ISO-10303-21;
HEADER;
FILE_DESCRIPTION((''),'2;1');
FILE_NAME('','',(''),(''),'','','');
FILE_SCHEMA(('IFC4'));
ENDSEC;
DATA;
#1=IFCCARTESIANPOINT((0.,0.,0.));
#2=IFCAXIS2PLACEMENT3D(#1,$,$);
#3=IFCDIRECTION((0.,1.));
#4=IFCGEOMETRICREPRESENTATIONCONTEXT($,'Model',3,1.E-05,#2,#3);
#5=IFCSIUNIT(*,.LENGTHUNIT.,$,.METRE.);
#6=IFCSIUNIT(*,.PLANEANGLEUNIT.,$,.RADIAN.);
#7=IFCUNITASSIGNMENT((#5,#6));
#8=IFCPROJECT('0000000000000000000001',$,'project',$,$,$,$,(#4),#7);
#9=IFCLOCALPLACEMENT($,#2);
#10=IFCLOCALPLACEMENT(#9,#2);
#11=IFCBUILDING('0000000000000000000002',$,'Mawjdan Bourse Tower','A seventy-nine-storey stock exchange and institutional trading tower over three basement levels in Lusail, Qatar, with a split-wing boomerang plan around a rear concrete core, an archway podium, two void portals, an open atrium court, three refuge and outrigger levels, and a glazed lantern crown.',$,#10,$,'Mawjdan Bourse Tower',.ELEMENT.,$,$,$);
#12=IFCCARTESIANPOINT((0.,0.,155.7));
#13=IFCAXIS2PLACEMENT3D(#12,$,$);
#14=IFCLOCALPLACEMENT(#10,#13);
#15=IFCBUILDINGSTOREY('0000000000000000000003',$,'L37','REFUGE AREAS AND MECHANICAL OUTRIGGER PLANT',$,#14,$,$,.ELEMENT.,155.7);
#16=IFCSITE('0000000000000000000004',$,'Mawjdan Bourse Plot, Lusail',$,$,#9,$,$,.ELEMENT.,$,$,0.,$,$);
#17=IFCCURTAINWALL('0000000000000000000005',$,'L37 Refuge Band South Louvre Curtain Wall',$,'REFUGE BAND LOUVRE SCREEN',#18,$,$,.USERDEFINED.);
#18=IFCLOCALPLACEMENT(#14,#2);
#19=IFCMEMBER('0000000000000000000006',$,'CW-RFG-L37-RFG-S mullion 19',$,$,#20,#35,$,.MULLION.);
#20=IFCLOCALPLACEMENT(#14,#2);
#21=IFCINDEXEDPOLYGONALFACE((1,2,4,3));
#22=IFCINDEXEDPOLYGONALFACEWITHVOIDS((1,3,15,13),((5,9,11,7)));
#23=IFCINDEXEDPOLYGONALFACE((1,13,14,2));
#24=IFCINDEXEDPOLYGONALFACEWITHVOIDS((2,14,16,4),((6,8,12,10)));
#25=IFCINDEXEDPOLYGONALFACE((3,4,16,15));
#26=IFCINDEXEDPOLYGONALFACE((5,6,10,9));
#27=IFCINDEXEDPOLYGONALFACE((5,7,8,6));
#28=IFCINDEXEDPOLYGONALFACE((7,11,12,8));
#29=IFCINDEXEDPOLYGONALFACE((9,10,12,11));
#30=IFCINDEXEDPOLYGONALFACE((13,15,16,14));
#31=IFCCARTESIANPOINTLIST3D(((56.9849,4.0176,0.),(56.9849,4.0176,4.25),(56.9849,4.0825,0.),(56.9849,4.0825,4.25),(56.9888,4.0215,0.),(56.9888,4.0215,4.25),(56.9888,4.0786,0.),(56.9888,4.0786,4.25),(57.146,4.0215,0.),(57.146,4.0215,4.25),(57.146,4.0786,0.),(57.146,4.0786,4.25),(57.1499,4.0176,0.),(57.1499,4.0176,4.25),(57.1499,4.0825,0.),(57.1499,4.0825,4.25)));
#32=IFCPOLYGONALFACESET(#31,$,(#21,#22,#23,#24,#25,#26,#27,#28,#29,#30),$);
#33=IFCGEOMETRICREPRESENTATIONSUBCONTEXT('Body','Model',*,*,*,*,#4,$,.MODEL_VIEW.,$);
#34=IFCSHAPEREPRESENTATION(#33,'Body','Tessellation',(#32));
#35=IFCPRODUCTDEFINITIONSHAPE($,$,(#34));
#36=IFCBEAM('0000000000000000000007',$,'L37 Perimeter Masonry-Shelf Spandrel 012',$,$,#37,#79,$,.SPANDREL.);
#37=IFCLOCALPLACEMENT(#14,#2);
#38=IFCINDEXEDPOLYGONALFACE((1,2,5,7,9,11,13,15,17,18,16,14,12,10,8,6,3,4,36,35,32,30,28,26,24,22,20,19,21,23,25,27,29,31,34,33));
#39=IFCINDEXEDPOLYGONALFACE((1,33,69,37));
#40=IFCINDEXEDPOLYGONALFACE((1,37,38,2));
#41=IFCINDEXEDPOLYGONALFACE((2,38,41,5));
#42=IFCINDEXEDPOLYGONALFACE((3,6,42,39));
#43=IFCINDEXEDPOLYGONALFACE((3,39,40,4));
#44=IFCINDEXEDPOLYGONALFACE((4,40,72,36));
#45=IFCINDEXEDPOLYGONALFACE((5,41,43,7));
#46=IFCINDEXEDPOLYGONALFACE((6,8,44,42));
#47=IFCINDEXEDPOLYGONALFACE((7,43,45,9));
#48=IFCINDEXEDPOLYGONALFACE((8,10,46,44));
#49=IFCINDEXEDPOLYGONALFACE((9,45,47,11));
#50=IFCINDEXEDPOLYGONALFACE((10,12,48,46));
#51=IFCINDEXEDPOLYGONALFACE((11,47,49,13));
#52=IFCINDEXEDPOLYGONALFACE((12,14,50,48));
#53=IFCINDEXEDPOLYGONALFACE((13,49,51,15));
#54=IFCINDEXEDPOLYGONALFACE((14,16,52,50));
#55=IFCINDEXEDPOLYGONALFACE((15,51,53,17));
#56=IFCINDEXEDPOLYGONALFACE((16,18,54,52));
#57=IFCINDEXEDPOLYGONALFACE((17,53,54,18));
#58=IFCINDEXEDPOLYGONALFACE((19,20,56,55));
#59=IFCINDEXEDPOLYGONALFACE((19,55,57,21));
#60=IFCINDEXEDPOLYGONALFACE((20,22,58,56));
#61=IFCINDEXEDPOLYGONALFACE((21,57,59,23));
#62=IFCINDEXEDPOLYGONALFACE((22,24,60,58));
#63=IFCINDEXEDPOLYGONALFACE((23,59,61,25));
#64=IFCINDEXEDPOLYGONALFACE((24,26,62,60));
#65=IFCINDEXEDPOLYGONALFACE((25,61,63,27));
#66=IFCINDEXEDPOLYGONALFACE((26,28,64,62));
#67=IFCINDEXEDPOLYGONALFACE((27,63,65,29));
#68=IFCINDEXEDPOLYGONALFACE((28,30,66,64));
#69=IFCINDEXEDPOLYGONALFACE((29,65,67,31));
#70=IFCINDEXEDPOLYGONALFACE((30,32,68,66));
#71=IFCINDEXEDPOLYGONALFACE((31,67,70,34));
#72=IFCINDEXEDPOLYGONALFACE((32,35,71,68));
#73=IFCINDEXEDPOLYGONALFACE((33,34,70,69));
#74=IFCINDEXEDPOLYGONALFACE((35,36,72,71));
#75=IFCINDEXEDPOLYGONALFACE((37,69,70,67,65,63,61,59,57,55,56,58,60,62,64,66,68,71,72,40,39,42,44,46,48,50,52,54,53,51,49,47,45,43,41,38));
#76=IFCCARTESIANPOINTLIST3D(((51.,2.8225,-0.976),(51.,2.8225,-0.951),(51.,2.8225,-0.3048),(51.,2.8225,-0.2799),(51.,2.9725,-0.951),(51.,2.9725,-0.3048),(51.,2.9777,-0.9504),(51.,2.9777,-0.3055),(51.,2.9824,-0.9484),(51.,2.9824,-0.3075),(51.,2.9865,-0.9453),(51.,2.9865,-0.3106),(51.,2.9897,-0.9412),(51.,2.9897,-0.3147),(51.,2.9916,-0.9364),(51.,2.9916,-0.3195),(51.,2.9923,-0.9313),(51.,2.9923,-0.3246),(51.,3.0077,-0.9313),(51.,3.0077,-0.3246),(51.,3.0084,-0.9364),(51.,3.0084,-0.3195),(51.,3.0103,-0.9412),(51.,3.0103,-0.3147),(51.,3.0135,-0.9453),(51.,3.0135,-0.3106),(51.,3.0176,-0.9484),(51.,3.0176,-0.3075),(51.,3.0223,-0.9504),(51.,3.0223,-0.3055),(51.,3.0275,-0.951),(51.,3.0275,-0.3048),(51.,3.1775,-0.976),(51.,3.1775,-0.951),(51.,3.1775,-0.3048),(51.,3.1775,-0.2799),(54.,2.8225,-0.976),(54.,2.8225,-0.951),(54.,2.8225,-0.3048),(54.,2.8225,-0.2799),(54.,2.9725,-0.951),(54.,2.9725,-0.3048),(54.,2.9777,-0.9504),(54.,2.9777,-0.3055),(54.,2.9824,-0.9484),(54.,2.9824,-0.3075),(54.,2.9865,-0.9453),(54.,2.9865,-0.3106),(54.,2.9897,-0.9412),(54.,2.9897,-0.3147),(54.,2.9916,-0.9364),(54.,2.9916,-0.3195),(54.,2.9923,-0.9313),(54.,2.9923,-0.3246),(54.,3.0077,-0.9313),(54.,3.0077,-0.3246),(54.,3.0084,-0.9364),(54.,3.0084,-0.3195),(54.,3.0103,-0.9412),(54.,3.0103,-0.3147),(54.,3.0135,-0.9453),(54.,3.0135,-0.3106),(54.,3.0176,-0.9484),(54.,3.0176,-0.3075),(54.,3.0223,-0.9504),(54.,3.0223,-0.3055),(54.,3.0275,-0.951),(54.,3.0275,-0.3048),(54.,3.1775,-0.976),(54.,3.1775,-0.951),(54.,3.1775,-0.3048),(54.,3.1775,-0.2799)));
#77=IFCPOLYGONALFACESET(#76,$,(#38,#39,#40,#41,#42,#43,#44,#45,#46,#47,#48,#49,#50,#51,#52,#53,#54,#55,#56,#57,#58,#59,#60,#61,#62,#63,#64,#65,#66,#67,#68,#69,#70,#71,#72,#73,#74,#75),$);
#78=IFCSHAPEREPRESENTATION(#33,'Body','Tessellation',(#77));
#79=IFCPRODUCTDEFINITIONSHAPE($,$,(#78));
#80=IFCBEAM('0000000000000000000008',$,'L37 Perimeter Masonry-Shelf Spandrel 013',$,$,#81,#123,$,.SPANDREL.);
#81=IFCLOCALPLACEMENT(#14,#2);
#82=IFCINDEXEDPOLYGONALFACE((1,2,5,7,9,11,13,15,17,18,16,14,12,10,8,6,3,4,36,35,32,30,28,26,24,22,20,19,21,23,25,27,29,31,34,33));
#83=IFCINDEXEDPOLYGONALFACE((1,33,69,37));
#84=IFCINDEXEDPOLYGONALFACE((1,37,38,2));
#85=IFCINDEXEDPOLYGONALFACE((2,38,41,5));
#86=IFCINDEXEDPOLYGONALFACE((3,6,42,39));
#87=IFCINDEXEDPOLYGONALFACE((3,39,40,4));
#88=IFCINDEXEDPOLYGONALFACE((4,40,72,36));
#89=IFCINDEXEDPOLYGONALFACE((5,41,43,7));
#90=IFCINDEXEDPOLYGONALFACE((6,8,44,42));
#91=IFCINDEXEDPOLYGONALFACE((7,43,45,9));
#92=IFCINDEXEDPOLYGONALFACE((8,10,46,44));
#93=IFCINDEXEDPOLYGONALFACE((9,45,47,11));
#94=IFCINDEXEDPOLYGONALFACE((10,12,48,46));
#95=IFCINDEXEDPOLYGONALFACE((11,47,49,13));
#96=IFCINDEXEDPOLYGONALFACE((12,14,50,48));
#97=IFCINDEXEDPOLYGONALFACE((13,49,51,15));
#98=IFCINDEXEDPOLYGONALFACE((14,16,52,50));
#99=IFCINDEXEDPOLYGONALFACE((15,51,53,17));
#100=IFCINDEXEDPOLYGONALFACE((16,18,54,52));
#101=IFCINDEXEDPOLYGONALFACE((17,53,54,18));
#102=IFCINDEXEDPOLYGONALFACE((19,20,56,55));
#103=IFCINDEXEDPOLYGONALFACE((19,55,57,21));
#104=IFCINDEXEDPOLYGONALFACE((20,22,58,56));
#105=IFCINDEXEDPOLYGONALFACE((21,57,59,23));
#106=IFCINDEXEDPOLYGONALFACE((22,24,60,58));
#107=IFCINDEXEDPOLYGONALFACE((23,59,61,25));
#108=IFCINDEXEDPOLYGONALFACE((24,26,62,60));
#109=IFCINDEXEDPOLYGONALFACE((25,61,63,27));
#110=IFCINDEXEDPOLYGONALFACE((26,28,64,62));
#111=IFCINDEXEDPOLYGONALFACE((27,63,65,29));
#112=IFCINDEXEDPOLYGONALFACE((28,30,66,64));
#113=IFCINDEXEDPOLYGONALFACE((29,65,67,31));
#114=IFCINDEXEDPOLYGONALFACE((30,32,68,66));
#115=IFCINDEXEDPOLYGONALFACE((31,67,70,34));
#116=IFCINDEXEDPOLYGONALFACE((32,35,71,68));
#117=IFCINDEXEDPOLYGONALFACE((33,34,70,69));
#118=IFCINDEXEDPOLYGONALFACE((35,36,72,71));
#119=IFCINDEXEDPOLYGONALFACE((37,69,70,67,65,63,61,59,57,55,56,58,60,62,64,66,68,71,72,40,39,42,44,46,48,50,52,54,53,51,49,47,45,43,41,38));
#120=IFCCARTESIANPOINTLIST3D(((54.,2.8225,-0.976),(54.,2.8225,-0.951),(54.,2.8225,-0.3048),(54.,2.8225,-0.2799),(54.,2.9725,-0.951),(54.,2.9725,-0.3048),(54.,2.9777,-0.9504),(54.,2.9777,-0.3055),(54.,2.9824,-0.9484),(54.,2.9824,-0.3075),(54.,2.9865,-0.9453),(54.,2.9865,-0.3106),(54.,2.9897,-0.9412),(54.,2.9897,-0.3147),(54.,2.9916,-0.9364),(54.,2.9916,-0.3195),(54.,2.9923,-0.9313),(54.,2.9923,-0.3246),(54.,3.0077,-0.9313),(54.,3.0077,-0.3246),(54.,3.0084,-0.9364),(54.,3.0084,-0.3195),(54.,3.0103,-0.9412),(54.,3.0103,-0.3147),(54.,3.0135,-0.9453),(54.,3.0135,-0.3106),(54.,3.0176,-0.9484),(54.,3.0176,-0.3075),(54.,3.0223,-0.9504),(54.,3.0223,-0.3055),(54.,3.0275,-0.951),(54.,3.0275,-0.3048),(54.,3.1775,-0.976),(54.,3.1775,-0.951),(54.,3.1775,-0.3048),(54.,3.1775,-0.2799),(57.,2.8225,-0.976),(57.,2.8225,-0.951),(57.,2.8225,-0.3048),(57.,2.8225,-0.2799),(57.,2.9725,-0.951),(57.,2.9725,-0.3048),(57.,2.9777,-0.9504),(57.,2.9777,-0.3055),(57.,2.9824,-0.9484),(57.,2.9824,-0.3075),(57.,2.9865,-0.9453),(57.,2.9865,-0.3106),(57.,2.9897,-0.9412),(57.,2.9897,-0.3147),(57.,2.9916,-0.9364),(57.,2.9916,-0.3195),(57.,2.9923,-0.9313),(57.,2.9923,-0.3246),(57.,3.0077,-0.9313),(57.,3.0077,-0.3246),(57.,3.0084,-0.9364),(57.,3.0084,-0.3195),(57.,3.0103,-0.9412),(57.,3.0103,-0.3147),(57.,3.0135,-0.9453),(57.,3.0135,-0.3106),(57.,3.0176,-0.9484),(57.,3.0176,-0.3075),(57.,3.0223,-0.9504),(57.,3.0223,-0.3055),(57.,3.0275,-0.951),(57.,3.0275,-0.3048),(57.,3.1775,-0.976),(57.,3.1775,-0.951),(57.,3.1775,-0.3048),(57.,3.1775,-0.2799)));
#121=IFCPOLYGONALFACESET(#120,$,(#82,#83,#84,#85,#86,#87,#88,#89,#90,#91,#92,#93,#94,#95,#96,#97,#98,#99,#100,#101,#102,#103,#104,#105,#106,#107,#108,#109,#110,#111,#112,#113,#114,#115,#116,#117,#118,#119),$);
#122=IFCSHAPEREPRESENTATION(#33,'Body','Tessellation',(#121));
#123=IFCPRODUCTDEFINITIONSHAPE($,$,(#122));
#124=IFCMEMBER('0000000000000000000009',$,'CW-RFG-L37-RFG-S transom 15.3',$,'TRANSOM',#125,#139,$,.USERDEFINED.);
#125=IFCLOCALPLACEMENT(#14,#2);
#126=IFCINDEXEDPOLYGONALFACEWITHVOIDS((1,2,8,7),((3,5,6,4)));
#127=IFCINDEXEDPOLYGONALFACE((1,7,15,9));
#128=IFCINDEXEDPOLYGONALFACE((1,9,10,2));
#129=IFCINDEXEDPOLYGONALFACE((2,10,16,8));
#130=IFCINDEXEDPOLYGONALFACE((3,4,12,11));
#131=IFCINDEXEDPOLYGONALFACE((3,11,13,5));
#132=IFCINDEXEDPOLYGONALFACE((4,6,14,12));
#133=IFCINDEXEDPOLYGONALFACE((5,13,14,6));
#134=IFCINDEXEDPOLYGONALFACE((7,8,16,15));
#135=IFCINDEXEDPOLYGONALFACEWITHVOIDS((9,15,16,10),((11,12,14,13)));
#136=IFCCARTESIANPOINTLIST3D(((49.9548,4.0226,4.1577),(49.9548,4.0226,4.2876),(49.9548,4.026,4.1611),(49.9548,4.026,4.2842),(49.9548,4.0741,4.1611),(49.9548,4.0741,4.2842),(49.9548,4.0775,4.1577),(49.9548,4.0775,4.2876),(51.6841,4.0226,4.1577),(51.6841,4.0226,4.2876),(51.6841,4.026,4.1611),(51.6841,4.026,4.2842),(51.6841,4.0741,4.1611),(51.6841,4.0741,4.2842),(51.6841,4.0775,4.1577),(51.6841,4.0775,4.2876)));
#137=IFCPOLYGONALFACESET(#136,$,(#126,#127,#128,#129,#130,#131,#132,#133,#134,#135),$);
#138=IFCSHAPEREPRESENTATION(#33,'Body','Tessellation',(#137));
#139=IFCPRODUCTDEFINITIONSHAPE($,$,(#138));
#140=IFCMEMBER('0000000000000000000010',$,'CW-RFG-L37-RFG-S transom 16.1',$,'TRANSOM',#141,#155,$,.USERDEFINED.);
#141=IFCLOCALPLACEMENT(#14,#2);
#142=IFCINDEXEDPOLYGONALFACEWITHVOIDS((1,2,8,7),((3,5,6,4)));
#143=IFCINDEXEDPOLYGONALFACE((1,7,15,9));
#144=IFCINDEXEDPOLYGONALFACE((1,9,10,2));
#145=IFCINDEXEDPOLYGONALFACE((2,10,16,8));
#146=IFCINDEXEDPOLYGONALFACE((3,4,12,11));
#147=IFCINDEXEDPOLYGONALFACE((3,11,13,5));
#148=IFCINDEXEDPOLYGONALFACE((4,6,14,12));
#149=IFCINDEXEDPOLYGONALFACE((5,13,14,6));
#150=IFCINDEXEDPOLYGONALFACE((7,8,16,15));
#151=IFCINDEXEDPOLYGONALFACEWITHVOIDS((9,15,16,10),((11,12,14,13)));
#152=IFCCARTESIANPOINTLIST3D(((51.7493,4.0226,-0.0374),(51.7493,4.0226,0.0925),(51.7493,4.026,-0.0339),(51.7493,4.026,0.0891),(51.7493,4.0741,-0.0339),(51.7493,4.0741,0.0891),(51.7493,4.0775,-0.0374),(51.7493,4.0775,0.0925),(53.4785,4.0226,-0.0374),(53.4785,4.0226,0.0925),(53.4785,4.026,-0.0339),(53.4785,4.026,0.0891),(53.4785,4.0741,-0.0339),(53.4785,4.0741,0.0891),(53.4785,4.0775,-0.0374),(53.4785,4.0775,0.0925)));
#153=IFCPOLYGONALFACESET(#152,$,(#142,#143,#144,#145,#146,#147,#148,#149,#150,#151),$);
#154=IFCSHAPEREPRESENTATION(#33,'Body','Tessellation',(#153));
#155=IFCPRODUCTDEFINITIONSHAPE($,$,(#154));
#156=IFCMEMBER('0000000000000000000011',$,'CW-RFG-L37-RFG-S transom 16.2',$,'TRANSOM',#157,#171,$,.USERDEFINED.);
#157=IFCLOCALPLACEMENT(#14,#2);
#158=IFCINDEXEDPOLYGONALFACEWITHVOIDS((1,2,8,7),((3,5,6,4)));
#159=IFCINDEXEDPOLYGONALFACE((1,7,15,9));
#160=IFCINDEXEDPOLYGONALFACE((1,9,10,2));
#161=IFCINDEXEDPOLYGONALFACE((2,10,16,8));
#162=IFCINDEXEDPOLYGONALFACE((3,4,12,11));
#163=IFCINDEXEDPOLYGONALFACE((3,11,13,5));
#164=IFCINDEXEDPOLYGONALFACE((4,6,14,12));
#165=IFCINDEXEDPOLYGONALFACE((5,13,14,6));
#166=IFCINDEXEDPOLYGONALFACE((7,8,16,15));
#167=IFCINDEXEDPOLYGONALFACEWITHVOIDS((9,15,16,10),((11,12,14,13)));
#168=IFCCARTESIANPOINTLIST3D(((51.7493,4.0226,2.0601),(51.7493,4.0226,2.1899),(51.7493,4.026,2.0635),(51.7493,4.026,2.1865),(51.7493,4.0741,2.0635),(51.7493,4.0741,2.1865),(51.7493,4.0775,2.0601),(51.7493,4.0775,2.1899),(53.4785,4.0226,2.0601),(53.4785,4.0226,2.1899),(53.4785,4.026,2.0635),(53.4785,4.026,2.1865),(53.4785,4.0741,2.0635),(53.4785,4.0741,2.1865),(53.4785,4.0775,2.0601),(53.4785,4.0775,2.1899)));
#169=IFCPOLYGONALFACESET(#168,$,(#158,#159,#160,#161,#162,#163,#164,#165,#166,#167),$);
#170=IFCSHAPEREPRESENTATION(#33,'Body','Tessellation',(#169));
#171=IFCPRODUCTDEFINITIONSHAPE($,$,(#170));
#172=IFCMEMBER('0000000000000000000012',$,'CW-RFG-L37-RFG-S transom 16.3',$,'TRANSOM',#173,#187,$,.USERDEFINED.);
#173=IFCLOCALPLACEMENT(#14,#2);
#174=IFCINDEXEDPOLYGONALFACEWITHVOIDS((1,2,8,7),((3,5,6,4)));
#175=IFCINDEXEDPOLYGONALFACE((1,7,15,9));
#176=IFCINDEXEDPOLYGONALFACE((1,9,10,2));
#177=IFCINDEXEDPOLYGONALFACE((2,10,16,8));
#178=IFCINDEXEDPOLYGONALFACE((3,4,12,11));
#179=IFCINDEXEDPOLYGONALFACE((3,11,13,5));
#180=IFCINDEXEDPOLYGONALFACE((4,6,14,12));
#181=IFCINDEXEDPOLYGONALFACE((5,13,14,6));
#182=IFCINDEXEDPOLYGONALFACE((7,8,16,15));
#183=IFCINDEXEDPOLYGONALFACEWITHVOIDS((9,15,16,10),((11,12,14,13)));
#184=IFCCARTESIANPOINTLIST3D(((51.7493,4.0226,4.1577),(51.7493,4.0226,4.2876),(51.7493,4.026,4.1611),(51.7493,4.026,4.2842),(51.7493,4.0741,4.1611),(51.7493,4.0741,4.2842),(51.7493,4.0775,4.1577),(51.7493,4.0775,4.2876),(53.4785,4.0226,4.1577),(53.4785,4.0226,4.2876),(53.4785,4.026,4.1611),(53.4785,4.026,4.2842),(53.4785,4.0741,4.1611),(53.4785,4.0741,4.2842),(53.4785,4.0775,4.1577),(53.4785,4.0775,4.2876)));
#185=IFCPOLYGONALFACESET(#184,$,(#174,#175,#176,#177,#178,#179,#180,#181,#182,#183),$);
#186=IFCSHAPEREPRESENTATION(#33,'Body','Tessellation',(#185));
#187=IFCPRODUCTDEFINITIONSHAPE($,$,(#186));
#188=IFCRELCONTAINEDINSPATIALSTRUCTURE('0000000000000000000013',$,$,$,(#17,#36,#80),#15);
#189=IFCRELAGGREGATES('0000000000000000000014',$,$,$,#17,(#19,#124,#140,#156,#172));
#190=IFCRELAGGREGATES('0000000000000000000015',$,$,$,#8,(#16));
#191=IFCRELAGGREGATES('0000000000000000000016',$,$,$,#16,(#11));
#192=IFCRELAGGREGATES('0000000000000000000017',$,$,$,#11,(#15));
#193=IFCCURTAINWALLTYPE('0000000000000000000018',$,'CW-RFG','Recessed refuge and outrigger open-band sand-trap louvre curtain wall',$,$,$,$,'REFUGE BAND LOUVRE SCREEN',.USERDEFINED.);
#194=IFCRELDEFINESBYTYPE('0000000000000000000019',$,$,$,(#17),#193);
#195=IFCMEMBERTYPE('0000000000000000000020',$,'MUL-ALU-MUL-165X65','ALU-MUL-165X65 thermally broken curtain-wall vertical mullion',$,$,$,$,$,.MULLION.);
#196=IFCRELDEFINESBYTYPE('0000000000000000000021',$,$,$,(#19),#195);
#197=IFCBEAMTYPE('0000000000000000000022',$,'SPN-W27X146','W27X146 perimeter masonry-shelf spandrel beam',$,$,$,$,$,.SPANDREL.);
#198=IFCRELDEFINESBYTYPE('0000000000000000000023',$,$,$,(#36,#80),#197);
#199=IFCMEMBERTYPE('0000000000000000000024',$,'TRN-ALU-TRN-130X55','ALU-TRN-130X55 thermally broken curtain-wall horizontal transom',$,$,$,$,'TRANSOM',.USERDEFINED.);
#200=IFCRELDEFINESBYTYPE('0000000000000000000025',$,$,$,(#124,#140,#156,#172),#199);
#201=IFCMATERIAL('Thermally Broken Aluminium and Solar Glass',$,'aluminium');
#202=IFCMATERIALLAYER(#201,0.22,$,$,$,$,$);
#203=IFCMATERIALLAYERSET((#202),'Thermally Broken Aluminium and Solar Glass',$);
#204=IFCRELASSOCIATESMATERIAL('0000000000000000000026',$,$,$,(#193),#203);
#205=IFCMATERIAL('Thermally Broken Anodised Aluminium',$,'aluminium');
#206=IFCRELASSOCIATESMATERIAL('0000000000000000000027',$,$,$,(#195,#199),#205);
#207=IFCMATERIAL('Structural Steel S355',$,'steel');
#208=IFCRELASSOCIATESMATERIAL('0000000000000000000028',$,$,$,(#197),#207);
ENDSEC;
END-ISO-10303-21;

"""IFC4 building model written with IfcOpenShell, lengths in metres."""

from ifc_helpers import new_model, si_unit, direction, frame, origin, origin_2d, place, context, subcontext, project, spatial, hollow_rectangle, i_section, extrude, material, layer, layer_set, material_profile, profile_set, type_object, element, aggregate, save


model = new_model("IFC4")

# Units and contexts
model_context = context("Model", 3, precision=1e-05, world=origin(), true_north=direction((0.0, 1.0)))
body_context = subcontext(model_context, "Body", "Model", "MODEL_VIEW")
ifc_project = project(units=[si_unit("LENGTHUNIT", "METRE"), si_unit("PLANEANGLEUNIT", "RADIAN")], contexts=[model_context])

# Site, building, storey
site_placement = place(None, origin())
site = spatial("IfcSite", under=ifc_project, at=site_placement, Name="Mawjdan Bourse Plot, Lusail", CompositionType="ELEMENT", RefElevation=0.0)
building_placement = place(site_placement, origin())
building = spatial("IfcBuilding", under=site, at=building_placement, Name="Mawjdan Bourse Tower", Description="A seventy-nine-storey stock exchange and institutional trading tower over three basement levels in Lusail, Qatar, with a split-wing boomerang plan around a rear concrete core, an archway podium, two void portals, an open atrium court, three refuge and outrigger levels, and a glazed lantern crown.", LongName="Mawjdan Bourse Tower", CompositionType="ELEMENT")
storey_placement = place(building_placement, frame((0.0, 0.0, 155.7)))
storey = spatial("IfcBuildingStorey", under=building, at=storey_placement, Name="L37", Description="REFUGE AREAS AND MECHANICAL OUTRIGGER PLANT", CompositionType="ELEMENT", Elevation=155.7)

# Shared definitions
ifc_material_1 = material(Name="Structural Steel S355", Category="steel")

# Curtain wall, member
ifc_material_2 = material(Name="Thermally Broken Aluminium and Solar Glass", Category="aluminium")
ifc_layer_1 = layer(ifc_material_2, 0.22)
ifc_layer_set_1 = layer_set([ifc_layer_1], Name="Thermally Broken Aluminium and Solar Glass")
curtain_wall_type = type_object("IfcCurtainWallType", Name="CW-RFG", Description="Recessed refuge and outrigger open-band sand-trap louvre curtain wall", ElementType="REFUGE BAND LOUVRE SCREEN", PredefinedType="USERDEFINED", material=ifc_layer_set_1)
curtain_wall_placement = place(storey_placement, origin())
curtain_wall = element("IfcCurtainWall", 1, at=curtain_wall_placement, inside=storey, type_object=curtain_wall_type, Name="L37 Refuge Band South Louvre Curtain Wall", ObjectType="REFUGE BAND LOUVRE SCREEN", PredefinedType="USERDEFINED")
ifc_material_3 = material(Name="Thermally Broken Anodised Aluminium", Category="aluminium")
ifc_material_profile_1 = material_profile(ifc_material_3, hollow_rectangle(XDim=0.0649, YDim=0.165, WallThickness=0.0039, at=origin_2d()), Name="ALU-MUL-165X65")
ifc_profile_set_1 = profile_set([ifc_material_profile_1], Name="Thermally Broken Anodised Aluminium")
member_type_1 = type_object("IfcMemberType", Name="MUL-ALU-MUL-165X65", Description="ALU-MUL-165X65 thermally broken curtain-wall vertical mullion", PredefinedType="MULLION", material=ifc_profile_set_1)
member_1_placement = place(storey_placement, frame((57.0674, 4.05, 0.0), z_axis=(0.0, 0.0, 1.0), x_axis=(0.0, 1.0, 0.0)))
member_1 = element("IfcMember", 2, at=member_1_placement, type_object=member_type_1, Name="CW-RFG-L37-RFG-S mullion 19", PredefinedType="MULLION", context=body_context, shape_type="SweptSolid", body=[
    extrude(hollow_rectangle(XDim=0.0649, YDim=0.165, WallThickness=0.0039, at=origin_2d()), origin(), (0.0, 0.0, 1.0), 4.25),
])

# Beams
ifc_material_profile_2 = material_profile(ifc_material_1, i_section(OverallWidth=0.355, OverallDepth=0.696, WebThickness=0.0154, FlangeThickness=0.0249, FilletRadius=0.0198, at=origin_2d()), Name="W27X146")
ifc_profile_set_2 = profile_set([ifc_material_profile_2], Name="Structural Steel S355")
beam_type_1 = type_object("IfcBeamType", Name="SPN-W27X146", Description="W27X146 perimeter masonry-shelf spandrel beam", PredefinedType="SPANDREL", material=ifc_profile_set_2)
for number, where, z_axis, x_axis, name in (
    (3, (51.0, 3.0, -0.6279), (1.0, 0.0, 0.0), (0.0, 1.0, 0.0), "L37 Perimeter Masonry-Shelf Spandrel 012"),
    (4, (54.0, 3.0, -0.6279), (1.0, 0.0, 0.0), (0.0, 1.0, 0.0), "L37 Perimeter Masonry-Shelf Spandrel 013"),
):
    element("IfcBeam", number, at=place(storey_placement, frame(where, z_axis=z_axis, x_axis=x_axis)), inside=storey, type_object=beam_type_1, Name=name, PredefinedType="SPANDREL", context=body_context, shape_type="SweptSolid", body=[
        extrude(i_section(OverallWidth=0.355, OverallDepth=0.696, WebThickness=0.0154, FlangeThickness=0.0249, FilletRadius=0.0198, at=origin_2d()), origin(), (0.0, 0.0, 1.0), 3.0),
    ])

# Members
ifc_material_profile_3 = material_profile(ifc_material_3, hollow_rectangle(XDim=0.0549, YDim=0.1299, WallThickness=0.0034, at=origin_2d()), Name="ALU-TRN-130X55")
ifc_profile_set_3 = profile_set([ifc_material_profile_3], Name="Thermally Broken Anodised Aluminium")
member_type_2 = type_object("IfcMemberType", Name="TRN-ALU-TRN-130X55", Description="ALU-TRN-130X55 thermally broken curtain-wall horizontal transom", ElementType="TRANSOM", PredefinedType="USERDEFINED", material=ifc_profile_set_3)
member_2_placement = place(storey_placement, frame((49.9548, 4.05, 4.2227), z_axis=(1.0, 0.0, 0.0), x_axis=(0.0, 1.0, 0.0)))
member_2 = element("IfcMember", 5, at=member_2_placement, type_object=member_type_2, Name="CW-RFG-L37-RFG-S transom 15.3", ObjectType="TRANSOM", PredefinedType="USERDEFINED", context=body_context, shape_type="SweptSolid", body=[
    extrude(hollow_rectangle(XDim=0.0549, YDim=0.1299, WallThickness=0.0034, at=origin_2d()), origin(), (0.0, 0.0, 1.0), 1.7292),
])
member_3_placement = place(storey_placement, frame((51.7493, 4.05, 0.0276), z_axis=(1.0, 0.0, 0.0), x_axis=(0.0, 1.0, 0.0)))
member_3 = element("IfcMember", 6, at=member_3_placement, type_object=member_type_2, Name="CW-RFG-L37-RFG-S transom 16.1", ObjectType="TRANSOM", PredefinedType="USERDEFINED", context=body_context, shape_type="SweptSolid", body=[
    extrude(hollow_rectangle(XDim=0.0549, YDim=0.1299, WallThickness=0.0034, at=origin_2d()), origin(), (0.0, 0.0, 1.0), 1.7292),
])
member_4_placement = place(storey_placement, frame((51.7493, 4.05, 2.125), z_axis=(1.0, 0.0, 0.0), x_axis=(0.0, 1.0, 0.0)))
member_4 = element("IfcMember", 7, at=member_4_placement, type_object=member_type_2, Name="CW-RFG-L37-RFG-S transom 16.2", ObjectType="TRANSOM", PredefinedType="USERDEFINED", context=body_context, shape_type="SweptSolid", body=[
    extrude(hollow_rectangle(XDim=0.0549, YDim=0.1299, WallThickness=0.0034, at=origin_2d()), origin(), (0.0, 0.0, 1.0), 1.7292),
])
member_5_placement = place(storey_placement, frame((51.7493, 4.05, 4.2227), z_axis=(1.0, 0.0, 0.0), x_axis=(0.0, 1.0, 0.0)))
member_5 = element("IfcMember", 8, at=member_5_placement, type_object=member_type_2, Name="CW-RFG-L37-RFG-S transom 16.3", ObjectType="TRANSOM", PredefinedType="USERDEFINED", context=body_context, shape_type="SweptSolid", body=[
    extrude(hollow_rectangle(XDim=0.0549, YDim=0.1299, WallThickness=0.0034, at=origin_2d()), origin(), (0.0, 0.0, 1.0), 1.7292),
])

aggregate(curtain_wall, [member_1, member_2, member_3, member_4, member_5])

save(model, "model.ifc")
